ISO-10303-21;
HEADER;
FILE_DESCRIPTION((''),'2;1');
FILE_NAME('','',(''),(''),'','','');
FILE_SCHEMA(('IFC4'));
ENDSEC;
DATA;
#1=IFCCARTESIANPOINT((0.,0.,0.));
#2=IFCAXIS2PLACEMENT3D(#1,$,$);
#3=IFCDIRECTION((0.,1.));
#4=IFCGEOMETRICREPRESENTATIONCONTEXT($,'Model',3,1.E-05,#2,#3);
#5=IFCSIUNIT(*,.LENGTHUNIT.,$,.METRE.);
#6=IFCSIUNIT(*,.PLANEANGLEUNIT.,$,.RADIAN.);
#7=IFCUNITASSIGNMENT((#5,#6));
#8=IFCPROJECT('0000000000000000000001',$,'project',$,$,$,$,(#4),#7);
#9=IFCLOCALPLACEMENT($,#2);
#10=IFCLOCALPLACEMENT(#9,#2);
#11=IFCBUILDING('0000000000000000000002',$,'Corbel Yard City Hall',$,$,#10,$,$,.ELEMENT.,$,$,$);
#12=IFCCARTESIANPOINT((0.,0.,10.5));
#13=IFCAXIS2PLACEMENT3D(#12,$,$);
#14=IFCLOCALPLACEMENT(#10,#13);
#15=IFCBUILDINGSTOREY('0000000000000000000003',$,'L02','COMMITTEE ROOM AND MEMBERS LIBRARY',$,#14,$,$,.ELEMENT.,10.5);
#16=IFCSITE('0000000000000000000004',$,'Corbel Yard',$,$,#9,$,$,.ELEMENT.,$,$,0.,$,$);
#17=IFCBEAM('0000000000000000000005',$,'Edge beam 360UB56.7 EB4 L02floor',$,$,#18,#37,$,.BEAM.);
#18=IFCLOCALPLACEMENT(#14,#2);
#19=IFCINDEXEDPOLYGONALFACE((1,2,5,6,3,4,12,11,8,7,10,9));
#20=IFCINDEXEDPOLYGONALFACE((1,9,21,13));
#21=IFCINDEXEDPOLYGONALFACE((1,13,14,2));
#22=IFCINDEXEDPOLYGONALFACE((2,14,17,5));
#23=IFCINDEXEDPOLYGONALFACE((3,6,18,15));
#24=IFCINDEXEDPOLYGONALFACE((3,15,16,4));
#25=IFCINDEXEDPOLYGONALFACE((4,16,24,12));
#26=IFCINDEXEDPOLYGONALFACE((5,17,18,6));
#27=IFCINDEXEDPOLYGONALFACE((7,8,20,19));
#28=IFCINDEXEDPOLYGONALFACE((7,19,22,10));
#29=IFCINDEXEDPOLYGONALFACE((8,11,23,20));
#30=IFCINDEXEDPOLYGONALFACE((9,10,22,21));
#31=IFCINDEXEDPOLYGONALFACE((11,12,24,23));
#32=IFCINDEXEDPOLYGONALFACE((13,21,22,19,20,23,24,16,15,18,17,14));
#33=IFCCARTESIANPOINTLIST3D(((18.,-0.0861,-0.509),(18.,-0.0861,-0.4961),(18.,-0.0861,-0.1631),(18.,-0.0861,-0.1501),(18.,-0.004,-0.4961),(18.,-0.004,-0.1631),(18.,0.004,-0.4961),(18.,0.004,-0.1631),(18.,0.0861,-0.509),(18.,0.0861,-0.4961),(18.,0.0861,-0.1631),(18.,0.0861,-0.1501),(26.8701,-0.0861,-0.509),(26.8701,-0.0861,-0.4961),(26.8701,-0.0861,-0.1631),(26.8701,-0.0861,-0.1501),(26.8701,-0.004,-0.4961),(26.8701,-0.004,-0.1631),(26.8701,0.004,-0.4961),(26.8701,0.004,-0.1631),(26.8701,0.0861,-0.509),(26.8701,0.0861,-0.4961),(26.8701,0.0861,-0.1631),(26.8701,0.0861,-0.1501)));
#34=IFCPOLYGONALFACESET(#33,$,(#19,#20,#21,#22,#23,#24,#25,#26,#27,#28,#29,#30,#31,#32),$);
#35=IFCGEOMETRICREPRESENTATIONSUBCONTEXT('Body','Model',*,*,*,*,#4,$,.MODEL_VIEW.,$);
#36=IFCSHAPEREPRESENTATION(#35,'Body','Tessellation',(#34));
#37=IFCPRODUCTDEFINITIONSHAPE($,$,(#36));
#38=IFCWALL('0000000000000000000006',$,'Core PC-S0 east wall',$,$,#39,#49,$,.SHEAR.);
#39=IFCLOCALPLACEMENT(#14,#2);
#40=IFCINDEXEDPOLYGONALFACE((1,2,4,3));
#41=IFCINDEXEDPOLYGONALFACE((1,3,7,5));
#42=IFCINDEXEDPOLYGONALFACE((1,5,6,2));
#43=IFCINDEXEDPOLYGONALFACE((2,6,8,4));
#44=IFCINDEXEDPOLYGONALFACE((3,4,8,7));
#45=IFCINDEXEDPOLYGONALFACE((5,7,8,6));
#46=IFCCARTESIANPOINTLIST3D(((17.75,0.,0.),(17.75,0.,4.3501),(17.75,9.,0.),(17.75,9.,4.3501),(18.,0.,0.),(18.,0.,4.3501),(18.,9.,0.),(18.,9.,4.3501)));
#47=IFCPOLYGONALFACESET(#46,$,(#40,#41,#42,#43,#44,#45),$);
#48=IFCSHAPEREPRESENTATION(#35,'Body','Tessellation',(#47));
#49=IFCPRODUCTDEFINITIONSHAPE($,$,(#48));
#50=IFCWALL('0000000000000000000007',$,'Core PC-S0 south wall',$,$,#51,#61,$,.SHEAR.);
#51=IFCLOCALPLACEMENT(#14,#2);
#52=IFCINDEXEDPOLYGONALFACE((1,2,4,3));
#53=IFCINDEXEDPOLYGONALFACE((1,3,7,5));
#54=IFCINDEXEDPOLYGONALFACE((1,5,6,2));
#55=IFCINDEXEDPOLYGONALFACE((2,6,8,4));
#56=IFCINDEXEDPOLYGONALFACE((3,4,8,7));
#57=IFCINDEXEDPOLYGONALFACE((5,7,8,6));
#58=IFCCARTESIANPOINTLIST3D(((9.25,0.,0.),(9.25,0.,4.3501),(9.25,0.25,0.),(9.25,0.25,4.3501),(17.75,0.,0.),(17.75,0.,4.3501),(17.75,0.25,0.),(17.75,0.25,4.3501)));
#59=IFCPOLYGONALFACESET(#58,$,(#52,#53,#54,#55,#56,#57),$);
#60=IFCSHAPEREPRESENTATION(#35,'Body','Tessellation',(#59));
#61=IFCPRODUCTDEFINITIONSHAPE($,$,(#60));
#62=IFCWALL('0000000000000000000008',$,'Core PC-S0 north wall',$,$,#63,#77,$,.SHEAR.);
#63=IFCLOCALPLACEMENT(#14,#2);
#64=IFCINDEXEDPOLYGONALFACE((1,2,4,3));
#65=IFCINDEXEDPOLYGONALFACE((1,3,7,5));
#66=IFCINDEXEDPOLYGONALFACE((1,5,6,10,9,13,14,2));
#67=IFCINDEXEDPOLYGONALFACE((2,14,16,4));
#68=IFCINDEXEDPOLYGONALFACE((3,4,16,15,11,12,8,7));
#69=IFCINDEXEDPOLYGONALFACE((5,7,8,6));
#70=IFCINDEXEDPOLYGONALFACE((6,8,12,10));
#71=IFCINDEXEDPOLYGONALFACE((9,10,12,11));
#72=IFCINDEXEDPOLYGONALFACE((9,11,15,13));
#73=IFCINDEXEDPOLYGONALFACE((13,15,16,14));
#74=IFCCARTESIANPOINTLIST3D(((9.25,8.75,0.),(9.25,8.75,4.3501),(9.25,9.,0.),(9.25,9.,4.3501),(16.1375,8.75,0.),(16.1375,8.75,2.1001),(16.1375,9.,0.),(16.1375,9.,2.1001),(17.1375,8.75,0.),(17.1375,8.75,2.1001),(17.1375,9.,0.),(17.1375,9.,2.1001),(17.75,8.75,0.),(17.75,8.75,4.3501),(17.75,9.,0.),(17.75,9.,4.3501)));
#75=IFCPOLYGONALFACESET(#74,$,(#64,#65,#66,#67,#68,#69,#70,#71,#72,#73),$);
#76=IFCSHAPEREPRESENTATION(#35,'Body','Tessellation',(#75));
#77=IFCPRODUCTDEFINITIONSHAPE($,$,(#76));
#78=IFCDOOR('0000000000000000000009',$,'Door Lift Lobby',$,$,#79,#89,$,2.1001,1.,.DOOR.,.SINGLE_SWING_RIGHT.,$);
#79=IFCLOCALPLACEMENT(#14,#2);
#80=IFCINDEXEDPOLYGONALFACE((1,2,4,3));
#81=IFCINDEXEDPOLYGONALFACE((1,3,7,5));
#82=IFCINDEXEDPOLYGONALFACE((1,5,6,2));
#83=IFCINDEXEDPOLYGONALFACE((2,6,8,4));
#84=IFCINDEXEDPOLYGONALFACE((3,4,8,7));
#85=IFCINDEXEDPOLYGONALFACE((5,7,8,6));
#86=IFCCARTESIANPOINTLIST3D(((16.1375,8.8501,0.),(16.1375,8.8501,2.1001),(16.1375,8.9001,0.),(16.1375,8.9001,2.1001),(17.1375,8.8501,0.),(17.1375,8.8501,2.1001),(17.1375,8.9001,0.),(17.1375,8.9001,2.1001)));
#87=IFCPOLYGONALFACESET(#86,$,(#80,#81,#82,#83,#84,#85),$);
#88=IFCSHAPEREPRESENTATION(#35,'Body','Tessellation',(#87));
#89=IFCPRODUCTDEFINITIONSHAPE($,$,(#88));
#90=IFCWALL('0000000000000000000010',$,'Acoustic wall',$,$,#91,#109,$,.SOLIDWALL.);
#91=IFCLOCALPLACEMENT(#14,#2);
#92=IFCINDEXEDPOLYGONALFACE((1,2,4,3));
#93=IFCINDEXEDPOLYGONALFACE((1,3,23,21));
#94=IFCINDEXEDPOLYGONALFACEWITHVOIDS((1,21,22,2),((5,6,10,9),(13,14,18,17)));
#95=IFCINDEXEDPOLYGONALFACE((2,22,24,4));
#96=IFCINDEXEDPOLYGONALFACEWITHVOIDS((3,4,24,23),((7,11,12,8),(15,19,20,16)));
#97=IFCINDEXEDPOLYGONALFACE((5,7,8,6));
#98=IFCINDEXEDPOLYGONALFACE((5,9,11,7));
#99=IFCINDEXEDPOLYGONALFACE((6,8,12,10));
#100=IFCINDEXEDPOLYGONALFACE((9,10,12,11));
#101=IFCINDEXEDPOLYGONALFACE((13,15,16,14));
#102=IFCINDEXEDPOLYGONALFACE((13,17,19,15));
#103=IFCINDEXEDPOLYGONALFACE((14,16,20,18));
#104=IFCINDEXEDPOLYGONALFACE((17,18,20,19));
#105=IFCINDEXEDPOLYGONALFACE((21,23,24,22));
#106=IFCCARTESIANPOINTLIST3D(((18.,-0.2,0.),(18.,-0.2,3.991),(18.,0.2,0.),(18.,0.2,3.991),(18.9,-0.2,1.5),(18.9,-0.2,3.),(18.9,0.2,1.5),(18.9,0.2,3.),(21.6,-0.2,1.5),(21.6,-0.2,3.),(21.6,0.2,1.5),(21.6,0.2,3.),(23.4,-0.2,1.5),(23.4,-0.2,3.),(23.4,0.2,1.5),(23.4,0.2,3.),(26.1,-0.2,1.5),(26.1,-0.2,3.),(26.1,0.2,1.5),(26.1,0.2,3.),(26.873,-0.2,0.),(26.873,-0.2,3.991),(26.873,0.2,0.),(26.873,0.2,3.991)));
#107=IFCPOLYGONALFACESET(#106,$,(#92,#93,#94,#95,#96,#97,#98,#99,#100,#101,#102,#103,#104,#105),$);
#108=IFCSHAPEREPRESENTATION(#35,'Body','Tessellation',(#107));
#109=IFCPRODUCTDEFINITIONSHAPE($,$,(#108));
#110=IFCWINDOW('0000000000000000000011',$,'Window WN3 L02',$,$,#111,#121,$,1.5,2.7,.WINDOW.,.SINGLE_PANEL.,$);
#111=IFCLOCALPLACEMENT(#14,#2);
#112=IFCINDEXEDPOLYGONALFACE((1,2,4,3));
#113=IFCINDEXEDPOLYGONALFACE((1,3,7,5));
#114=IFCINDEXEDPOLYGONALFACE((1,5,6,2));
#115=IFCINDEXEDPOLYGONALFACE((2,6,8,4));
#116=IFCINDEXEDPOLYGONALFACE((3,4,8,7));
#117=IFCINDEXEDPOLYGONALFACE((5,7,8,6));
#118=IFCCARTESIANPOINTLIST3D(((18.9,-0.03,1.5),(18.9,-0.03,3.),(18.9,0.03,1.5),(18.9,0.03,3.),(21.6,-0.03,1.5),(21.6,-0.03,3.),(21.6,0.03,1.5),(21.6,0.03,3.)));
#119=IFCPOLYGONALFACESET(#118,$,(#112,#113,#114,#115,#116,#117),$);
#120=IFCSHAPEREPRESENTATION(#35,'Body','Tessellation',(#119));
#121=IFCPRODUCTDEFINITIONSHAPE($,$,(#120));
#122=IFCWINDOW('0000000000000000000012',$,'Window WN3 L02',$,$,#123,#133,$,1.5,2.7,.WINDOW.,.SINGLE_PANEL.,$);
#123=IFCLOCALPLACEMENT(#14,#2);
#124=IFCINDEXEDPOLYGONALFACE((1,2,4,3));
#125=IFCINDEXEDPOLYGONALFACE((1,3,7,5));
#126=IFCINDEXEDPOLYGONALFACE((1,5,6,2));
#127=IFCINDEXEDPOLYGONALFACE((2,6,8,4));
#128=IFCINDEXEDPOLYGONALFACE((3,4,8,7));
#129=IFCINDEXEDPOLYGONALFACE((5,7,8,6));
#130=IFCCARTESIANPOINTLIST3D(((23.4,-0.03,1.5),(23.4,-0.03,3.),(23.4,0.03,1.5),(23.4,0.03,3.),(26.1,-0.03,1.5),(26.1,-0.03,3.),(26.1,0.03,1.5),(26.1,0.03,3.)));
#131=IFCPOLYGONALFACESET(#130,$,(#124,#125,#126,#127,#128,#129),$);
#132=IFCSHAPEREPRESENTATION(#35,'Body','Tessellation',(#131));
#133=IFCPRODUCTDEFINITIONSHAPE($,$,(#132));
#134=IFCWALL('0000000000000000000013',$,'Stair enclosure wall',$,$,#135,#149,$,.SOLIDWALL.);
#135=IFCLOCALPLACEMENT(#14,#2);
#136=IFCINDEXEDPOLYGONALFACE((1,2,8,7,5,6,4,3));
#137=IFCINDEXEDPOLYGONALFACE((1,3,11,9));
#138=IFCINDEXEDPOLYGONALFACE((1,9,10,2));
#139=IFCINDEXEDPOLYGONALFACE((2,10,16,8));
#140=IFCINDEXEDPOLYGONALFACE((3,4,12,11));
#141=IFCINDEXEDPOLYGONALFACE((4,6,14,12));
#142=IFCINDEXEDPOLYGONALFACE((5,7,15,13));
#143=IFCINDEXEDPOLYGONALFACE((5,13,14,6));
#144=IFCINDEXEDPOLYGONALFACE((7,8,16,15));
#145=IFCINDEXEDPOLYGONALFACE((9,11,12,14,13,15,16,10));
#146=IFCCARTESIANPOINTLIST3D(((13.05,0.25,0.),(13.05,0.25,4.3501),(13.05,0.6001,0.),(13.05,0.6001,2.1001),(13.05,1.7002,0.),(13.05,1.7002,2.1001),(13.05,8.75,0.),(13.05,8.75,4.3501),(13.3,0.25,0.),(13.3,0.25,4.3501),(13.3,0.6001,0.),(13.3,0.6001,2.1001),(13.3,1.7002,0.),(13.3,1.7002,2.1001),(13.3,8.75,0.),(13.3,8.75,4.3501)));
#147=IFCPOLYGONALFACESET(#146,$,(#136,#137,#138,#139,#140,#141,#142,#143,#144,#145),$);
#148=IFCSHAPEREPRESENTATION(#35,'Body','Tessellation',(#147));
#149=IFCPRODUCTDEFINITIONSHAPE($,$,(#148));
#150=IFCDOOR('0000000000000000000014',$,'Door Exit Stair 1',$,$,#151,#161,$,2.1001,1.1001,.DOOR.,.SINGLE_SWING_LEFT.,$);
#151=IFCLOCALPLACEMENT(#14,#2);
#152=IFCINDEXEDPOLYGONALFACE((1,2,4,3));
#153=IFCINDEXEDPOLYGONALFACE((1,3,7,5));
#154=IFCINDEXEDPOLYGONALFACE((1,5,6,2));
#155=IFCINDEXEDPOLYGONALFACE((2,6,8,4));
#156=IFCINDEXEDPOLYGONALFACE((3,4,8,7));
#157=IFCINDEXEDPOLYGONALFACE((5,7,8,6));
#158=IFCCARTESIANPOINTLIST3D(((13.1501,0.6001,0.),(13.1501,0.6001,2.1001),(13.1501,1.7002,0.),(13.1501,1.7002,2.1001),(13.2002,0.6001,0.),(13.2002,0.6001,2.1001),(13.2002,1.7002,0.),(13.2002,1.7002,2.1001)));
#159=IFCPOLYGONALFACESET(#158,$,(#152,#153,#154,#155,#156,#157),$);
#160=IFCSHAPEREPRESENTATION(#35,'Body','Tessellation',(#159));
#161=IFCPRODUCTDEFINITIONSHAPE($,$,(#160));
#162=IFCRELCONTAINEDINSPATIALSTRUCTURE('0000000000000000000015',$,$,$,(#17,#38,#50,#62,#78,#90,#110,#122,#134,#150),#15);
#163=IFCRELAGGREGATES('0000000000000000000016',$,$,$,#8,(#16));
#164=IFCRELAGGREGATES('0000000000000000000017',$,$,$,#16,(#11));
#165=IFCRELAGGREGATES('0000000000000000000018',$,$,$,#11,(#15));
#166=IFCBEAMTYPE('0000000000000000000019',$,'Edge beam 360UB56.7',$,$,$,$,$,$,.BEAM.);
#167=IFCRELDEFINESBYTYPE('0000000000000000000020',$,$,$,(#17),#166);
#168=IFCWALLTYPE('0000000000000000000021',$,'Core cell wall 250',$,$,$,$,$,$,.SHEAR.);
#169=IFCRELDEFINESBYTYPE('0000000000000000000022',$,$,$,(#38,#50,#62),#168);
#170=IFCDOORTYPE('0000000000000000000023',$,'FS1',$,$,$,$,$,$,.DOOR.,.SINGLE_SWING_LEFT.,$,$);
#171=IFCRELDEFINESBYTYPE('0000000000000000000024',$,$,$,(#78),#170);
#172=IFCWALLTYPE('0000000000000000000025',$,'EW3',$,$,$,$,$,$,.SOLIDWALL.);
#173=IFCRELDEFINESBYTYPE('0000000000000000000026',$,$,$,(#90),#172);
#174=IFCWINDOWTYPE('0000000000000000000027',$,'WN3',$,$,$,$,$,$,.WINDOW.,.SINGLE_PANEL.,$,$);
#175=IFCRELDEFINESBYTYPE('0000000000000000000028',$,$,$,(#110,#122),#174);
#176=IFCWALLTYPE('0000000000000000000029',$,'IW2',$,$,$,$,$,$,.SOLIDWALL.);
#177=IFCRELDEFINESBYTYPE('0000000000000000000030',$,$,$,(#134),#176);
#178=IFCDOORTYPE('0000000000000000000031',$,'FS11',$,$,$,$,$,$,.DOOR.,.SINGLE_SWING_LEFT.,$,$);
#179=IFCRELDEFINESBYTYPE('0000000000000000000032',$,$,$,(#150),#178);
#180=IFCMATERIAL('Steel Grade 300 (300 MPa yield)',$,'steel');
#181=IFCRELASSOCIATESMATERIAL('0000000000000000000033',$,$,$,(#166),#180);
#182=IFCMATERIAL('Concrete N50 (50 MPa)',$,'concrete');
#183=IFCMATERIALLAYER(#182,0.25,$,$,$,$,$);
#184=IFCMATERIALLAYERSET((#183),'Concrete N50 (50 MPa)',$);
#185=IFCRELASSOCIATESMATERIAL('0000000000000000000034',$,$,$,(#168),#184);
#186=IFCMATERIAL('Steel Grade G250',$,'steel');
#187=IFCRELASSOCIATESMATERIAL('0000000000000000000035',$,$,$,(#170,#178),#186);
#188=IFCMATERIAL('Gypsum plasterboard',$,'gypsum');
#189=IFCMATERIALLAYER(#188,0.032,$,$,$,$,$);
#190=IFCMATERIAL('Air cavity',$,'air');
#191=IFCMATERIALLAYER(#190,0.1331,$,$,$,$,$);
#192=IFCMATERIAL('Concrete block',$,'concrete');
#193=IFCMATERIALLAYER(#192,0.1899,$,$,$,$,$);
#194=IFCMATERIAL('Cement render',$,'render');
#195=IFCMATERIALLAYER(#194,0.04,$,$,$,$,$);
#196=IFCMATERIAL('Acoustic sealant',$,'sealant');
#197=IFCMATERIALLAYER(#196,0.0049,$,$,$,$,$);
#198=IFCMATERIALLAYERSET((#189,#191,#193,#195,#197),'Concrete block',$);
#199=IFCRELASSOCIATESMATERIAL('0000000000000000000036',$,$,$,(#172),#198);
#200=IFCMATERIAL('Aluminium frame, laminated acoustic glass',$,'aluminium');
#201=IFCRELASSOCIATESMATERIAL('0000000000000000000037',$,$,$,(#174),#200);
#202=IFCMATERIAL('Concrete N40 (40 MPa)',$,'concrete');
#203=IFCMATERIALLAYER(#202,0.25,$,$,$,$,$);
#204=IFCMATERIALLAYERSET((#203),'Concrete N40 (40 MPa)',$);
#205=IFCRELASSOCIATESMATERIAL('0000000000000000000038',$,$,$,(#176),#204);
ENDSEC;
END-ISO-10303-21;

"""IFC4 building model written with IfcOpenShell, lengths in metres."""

from ifc_helpers import new_model, si_unit, direction, frame, frame_2d, origin, origin_2d, place, context, subcontext, project, spatial, rectangle, i_section, extrude, material, layer, layer_set, material_profile, profile_set, type_object, element, fill, save


model = new_model("IFC4")

# Units and contexts
model_context = context("Model", 3, precision=1e-05, world=origin(), true_north=direction((0.0, 1.0)))
body_context = subcontext(model_context, "Body", "Model", "MODEL_VIEW")
ifc_project = project(units=[si_unit("LENGTHUNIT", "METRE"), si_unit("PLANEANGLEUNIT", "RADIAN")], contexts=[model_context])

# Site, building, storey
site_placement = place(None, origin())
site = spatial("IfcSite", under=ifc_project, at=site_placement, Name="Corbel Yard", CompositionType="ELEMENT", RefElevation=0.0)
building_placement = place(site_placement, origin())
building = spatial("IfcBuilding", under=site, at=building_placement, Name="Corbel Yard City Hall", CompositionType="ELEMENT")
storey_placement = place(building_placement, frame((0.0, 0.0, 10.5)))
storey = spatial("IfcBuildingStorey", under=building, at=storey_placement, Name="L02", Description="COMMITTEE ROOM AND MEMBERS LIBRARY", CompositionType="ELEMENT", Elevation=10.5)

# Beam
ifc_material_1 = material(Name="Steel Grade 300 (300 MPa yield)", Category="steel")
ifc_material_profile = material_profile(ifc_material_1, i_section(OverallWidth=0.1721, OverallDepth=0.3589, WebThickness=0.0081, FlangeThickness=0.0129, at=origin_2d()), Name="360UB56.7")
ifc_profile_set = profile_set([ifc_material_profile], Name="Steel Grade 300 (300 MPa yield)")
beam_type = type_object("IfcBeamType", Name="Edge beam 360UB56.7", PredefinedType="BEAM", material=ifc_profile_set)
beam_placement = place(storey_placement, frame((18.0, 0.0, -0.3296), z_axis=(1.0, 0.0, 0.0), x_axis=(0.0, 1.0, 0.0)))
element("IfcBeam", 1, at=beam_placement, inside=storey, type_object=beam_type, Name="Edge beam 360UB56.7 EB4 L02floor", PredefinedType="BEAM", context=body_context, shape_type="SweptSolid", body=[
    extrude(i_section(OverallWidth=0.1721, OverallDepth=0.3589, WebThickness=0.0081, FlangeThickness=0.0129, at=origin_2d()), origin(), (0.0, 0.0, 1.0), 8.8701),
])

# Walls
ifc_material_2 = material(Name="Concrete N50 (50 MPa)", Category="concrete")
ifc_layer_1 = layer(ifc_material_2, 0.25)
ifc_layer_set_1 = layer_set([ifc_layer_1], Name="Concrete N50 (50 MPa)")
wall_type_1 = type_object("IfcWallType", Name="Core cell wall 250", PredefinedType="SHEAR", material=ifc_layer_set_1)
wall_1_placement = place(storey_placement, frame((17.875, 0.0, 0.0), z_axis=(0.0, 0.0, 1.0), x_axis=(0.0, 1.0, 0.0)))
element("IfcWall", 2, at=wall_1_placement, inside=storey, type_object=wall_type_1, Name="Core PC-S0 east wall", PredefinedType="SHEAR", context=body_context, shape_type="SweptSolid", body=[
    extrude(rectangle(XDim=9.0, YDim=0.25, at=frame_2d((4.5, 0.0))), origin(), (0.0, 0.0, 1.0), 4.3501),
])
wall_2_placement = place(storey_placement, frame((9.25, 0.125, 0.0), z_axis=(0.0, 0.0, 1.0), x_axis=(1.0, 0.0, 0.0)))
element("IfcWall", 3, at=wall_2_placement, inside=storey, type_object=wall_type_1, Name="Core PC-S0 south wall", PredefinedType="SHEAR", context=body_context, shape_type="SweptSolid", body=[
    extrude(rectangle(XDim=8.5, YDim=0.25, at=frame_2d((4.25, 0.0))), origin(), (0.0, 0.0, 1.0), 4.3501),
])

# Wall, opening, door
wall_3_placement = place(storey_placement, frame((9.25, 8.875, 0.0), z_axis=(0.0, 0.0, 1.0), x_axis=(1.0, 0.0, 0.0)))
wall_3 = element("IfcWall", 4, at=wall_3_placement, inside=storey, type_object=wall_type_1, Name="Core PC-S0 north wall", PredefinedType="SHEAR", context=body_context, shape_type="SweptSolid", body=[
    extrude(rectangle(XDim=8.5, YDim=0.25, at=frame_2d((4.25, 0.0))), origin(), (0.0, 0.0, 1.0), 4.3501),
])
opening_1_placement = place(wall_3_placement, frame((6.8875, 0.0, 0.0)))
opening_1 = element("IfcOpeningElement", 5, at=opening_1_placement, cuts=wall_3, PredefinedType="OPENING", context=body_context, shape_type="SweptSolid", body=[
    extrude(rectangle(XDim=1.0, YDim=2.1001, at=frame_2d((0.5, 1.05))), frame((0.0, 0.135, 0.0), z_axis=(0.0, -1.0, 0.0), x_axis=(1.0, 0.0, 0.0)), (0.0, 0.0, 1.0), 0.27),
])
ifc_material_3 = material(Name="Steel Grade G250", Category="steel")
door_type_1 = type_object("IfcDoorType", Name="FS1", OperationType="SINGLE_SWING_LEFT", PredefinedType="DOOR", material=ifc_material_3)
door_1_placement = place(opening_1_placement, frame((1.0, 0.0, 0.0), z_axis=(0.0, 0.0, 1.0), x_axis=(-1.0, 0.0, 0.0)))
door_1 = element("IfcDoor", 6, at=door_1_placement, inside=storey, type_object=door_type_1, Name="Door Lift Lobby", OperationType="SINGLE_SWING_RIGHT", OverallHeight=2.1001, OverallWidth=1.0, PredefinedType="DOOR", context=body_context, shape_type="SweptSolid", body=[
    extrude(rectangle(XDim=1.0, YDim=2.1001, at=frame_2d((0.5, 1.05))), frame((0.0, 0.0249, 0.0), z_axis=(0.0, -1.0, 0.0), x_axis=(1.0, 0.0, 0.0)), (0.0, 0.0, 1.0), 0.05),
])
fill(opening_1, door_1)

# Wall, openings, windows
ifc_material_4 = material(Name="Gypsum plasterboard", Category="gypsum")
ifc_layer_2 = layer(ifc_material_4, 0.032)
ifc_material_5 = material(Name="Air cavity", Category="air")
ifc_layer_3 = layer(ifc_material_5, 0.1331)
ifc_material_6 = material(Name="Concrete block", Category="concrete")
ifc_layer_4 = layer(ifc_material_6, 0.1899)
ifc_material_7 = material(Name="Cement render", Category="render")
ifc_layer_5 = layer(ifc_material_7, 0.04)
ifc_material_8 = material(Name="Acoustic sealant", Category="sealant")
ifc_layer_6 = layer(ifc_material_8, 0.0049)
ifc_layer_set_2 = layer_set([ifc_layer_2, ifc_layer_3, ifc_layer_4, ifc_layer_5, ifc_layer_6], Name="Concrete block")
wall_type_2 = type_object("IfcWallType", Name="EW3", PredefinedType="SOLIDWALL", material=ifc_layer_set_2)
wall_4_placement = place(storey_placement, frame((18.0, 0.0, 0.0), z_axis=(0.0, 0.0, 1.0), x_axis=(1.0, 0.0, 0.0)))
wall_4 = element("IfcWall", 7, at=wall_4_placement, inside=storey, type_object=wall_type_2, Name="Acoustic wall", PredefinedType="SOLIDWALL", context=body_context, shape_type="SweptSolid", body=[
    extrude(rectangle(XDim=8.873, YDim=0.3999, at=frame_2d((4.4365, 0.0))), origin(), (0.0, 0.0, 1.0), 3.991),
])
opening_2_placement = place(wall_4_placement, frame((0.8999, 0.0, 1.5)))
opening_2 = element("IfcOpeningElement", 8, at=opening_2_placement, cuts=wall_4, PredefinedType="OPENING", context=body_context, shape_type="SweptSolid", body=[
    extrude(rectangle(XDim=2.7, YDim=1.5, at=frame_2d((1.3501, 0.75))), frame((0.0, 0.21, 0.0), z_axis=(0.0, -1.0, 0.0), x_axis=(1.0, 0.0, 0.0)), (0.0, 0.0, 1.0), 0.4199),
])
opening_3_placement = place(wall_4_placement, frame((5.3999, 0.0, 1.5)))
opening_3 = element("IfcOpeningElement", 9, at=opening_3_placement, cuts=wall_4, PredefinedType="OPENING", context=body_context, shape_type="SweptSolid", body=[
    extrude(rectangle(XDim=2.7, YDim=1.5, at=frame_2d((1.3501, 0.75))), frame((0.0, 0.21, 0.0), z_axis=(0.0, -1.0, 0.0), x_axis=(1.0, 0.0, 0.0)), (0.0, 0.0, 1.0), 0.4199),
])
ifc_material_9 = material(Name="Aluminium frame, laminated acoustic glass", Category="aluminium")
window_type = type_object("IfcWindowType", Name="WN3", PartitioningType="SINGLE_PANEL", PredefinedType="WINDOW", material=ifc_material_9)
window_1_placement = place(opening_2_placement, origin())
window_1 = element("IfcWindow", 10, at=window_1_placement, inside=storey, type_object=window_type, Name="Window WN3 L02", OverallHeight=1.5, OverallWidth=2.7, PartitioningType="SINGLE_PANEL", PredefinedType="WINDOW", context=body_context, shape_type="SweptSolid", body=[
    extrude(rectangle(XDim=2.7, YDim=1.5, at=frame_2d((1.3501, 0.75))), frame((0.0, 0.03, 0.0), z_axis=(0.0, -1.0, 0.0), x_axis=(1.0, 0.0, 0.0)), (0.0, 0.0, 1.0), 0.0601),
])
fill(opening_2, window_1)
window_2_placement = place(opening_3_placement, origin())
window_2 = element("IfcWindow", 11, at=window_2_placement, inside=storey, type_object=window_type, Name="Window WN3 L02", OverallHeight=1.5, OverallWidth=2.7, PartitioningType="SINGLE_PANEL", PredefinedType="WINDOW", context=body_context, shape_type="SweptSolid", body=[
    extrude(rectangle(XDim=2.7, YDim=1.5, at=frame_2d((1.3501, 0.75))), frame((0.0, 0.03, 0.0), z_axis=(0.0, -1.0, 0.0), x_axis=(1.0, 0.0, 0.0)), (0.0, 0.0, 1.0), 0.0601),
])
fill(opening_3, window_2)

# Wall, opening, door
ifc_material_10 = material(Name="Concrete N40 (40 MPa)", Category="concrete")
ifc_layer_7 = layer(ifc_material_10, 0.25)
ifc_layer_set_3 = layer_set([ifc_layer_7], Name="Concrete N40 (40 MPa)")
wall_type_3 = type_object("IfcWallType", Name="IW2", PredefinedType="SOLIDWALL", material=ifc_layer_set_3)
wall_5_placement = place(storey_placement, frame((13.175, 0.25, 0.0), z_axis=(0.0, 0.0, 1.0), x_axis=(0.0, 1.0, 0.0)))
wall_5 = element("IfcWall", 12, at=wall_5_placement, inside=storey, type_object=wall_type_3, Name="Stair enclosure wall", PredefinedType="SOLIDWALL", context=body_context, shape_type="SweptSolid", body=[
    extrude(rectangle(XDim=8.5, YDim=0.25, at=frame_2d((4.25, 0.0))), origin(), (0.0, 0.0, 1.0), 4.3501),
])
opening_4_placement = place(wall_5_placement, frame((0.3501, 0.0, 0.0)))
opening_4 = element("IfcOpeningElement", 13, at=opening_4_placement, cuts=wall_5, PredefinedType="OPENING", context=body_context, shape_type="SweptSolid", body=[
    extrude(rectangle(XDim=1.1001, YDim=2.1001, at=frame_2d((0.55, 1.05))), frame((0.0, 0.135, 0.0), z_axis=(0.0, -1.0, 0.0), x_axis=(1.0, 0.0, 0.0)), (0.0, 0.0, 1.0), 0.27),
])
door_type_2 = type_object("IfcDoorType", Name="FS11", OperationType="SINGLE_SWING_LEFT", PredefinedType="DOOR", material=ifc_material_3)
door_2_placement = place(opening_4_placement, origin())
door_2 = element("IfcDoor", 14, at=door_2_placement, inside=storey, type_object=door_type_2, Name="Door Exit Stair 1", OperationType="SINGLE_SWING_LEFT", OverallHeight=2.1001, OverallWidth=1.1001, PredefinedType="DOOR", context=body_context, shape_type="SweptSolid", body=[
    extrude(rectangle(XDim=1.1001, YDim=2.1001, at=frame_2d((0.55, 1.05))), frame((0.0, 0.0249, 0.0), z_axis=(0.0, -1.0, 0.0), x_axis=(1.0, 0.0, 0.0)), (0.0, 0.0, 1.0), 0.05),
])
fill(opening_4, door_2)

save(model, "model.ifc")
